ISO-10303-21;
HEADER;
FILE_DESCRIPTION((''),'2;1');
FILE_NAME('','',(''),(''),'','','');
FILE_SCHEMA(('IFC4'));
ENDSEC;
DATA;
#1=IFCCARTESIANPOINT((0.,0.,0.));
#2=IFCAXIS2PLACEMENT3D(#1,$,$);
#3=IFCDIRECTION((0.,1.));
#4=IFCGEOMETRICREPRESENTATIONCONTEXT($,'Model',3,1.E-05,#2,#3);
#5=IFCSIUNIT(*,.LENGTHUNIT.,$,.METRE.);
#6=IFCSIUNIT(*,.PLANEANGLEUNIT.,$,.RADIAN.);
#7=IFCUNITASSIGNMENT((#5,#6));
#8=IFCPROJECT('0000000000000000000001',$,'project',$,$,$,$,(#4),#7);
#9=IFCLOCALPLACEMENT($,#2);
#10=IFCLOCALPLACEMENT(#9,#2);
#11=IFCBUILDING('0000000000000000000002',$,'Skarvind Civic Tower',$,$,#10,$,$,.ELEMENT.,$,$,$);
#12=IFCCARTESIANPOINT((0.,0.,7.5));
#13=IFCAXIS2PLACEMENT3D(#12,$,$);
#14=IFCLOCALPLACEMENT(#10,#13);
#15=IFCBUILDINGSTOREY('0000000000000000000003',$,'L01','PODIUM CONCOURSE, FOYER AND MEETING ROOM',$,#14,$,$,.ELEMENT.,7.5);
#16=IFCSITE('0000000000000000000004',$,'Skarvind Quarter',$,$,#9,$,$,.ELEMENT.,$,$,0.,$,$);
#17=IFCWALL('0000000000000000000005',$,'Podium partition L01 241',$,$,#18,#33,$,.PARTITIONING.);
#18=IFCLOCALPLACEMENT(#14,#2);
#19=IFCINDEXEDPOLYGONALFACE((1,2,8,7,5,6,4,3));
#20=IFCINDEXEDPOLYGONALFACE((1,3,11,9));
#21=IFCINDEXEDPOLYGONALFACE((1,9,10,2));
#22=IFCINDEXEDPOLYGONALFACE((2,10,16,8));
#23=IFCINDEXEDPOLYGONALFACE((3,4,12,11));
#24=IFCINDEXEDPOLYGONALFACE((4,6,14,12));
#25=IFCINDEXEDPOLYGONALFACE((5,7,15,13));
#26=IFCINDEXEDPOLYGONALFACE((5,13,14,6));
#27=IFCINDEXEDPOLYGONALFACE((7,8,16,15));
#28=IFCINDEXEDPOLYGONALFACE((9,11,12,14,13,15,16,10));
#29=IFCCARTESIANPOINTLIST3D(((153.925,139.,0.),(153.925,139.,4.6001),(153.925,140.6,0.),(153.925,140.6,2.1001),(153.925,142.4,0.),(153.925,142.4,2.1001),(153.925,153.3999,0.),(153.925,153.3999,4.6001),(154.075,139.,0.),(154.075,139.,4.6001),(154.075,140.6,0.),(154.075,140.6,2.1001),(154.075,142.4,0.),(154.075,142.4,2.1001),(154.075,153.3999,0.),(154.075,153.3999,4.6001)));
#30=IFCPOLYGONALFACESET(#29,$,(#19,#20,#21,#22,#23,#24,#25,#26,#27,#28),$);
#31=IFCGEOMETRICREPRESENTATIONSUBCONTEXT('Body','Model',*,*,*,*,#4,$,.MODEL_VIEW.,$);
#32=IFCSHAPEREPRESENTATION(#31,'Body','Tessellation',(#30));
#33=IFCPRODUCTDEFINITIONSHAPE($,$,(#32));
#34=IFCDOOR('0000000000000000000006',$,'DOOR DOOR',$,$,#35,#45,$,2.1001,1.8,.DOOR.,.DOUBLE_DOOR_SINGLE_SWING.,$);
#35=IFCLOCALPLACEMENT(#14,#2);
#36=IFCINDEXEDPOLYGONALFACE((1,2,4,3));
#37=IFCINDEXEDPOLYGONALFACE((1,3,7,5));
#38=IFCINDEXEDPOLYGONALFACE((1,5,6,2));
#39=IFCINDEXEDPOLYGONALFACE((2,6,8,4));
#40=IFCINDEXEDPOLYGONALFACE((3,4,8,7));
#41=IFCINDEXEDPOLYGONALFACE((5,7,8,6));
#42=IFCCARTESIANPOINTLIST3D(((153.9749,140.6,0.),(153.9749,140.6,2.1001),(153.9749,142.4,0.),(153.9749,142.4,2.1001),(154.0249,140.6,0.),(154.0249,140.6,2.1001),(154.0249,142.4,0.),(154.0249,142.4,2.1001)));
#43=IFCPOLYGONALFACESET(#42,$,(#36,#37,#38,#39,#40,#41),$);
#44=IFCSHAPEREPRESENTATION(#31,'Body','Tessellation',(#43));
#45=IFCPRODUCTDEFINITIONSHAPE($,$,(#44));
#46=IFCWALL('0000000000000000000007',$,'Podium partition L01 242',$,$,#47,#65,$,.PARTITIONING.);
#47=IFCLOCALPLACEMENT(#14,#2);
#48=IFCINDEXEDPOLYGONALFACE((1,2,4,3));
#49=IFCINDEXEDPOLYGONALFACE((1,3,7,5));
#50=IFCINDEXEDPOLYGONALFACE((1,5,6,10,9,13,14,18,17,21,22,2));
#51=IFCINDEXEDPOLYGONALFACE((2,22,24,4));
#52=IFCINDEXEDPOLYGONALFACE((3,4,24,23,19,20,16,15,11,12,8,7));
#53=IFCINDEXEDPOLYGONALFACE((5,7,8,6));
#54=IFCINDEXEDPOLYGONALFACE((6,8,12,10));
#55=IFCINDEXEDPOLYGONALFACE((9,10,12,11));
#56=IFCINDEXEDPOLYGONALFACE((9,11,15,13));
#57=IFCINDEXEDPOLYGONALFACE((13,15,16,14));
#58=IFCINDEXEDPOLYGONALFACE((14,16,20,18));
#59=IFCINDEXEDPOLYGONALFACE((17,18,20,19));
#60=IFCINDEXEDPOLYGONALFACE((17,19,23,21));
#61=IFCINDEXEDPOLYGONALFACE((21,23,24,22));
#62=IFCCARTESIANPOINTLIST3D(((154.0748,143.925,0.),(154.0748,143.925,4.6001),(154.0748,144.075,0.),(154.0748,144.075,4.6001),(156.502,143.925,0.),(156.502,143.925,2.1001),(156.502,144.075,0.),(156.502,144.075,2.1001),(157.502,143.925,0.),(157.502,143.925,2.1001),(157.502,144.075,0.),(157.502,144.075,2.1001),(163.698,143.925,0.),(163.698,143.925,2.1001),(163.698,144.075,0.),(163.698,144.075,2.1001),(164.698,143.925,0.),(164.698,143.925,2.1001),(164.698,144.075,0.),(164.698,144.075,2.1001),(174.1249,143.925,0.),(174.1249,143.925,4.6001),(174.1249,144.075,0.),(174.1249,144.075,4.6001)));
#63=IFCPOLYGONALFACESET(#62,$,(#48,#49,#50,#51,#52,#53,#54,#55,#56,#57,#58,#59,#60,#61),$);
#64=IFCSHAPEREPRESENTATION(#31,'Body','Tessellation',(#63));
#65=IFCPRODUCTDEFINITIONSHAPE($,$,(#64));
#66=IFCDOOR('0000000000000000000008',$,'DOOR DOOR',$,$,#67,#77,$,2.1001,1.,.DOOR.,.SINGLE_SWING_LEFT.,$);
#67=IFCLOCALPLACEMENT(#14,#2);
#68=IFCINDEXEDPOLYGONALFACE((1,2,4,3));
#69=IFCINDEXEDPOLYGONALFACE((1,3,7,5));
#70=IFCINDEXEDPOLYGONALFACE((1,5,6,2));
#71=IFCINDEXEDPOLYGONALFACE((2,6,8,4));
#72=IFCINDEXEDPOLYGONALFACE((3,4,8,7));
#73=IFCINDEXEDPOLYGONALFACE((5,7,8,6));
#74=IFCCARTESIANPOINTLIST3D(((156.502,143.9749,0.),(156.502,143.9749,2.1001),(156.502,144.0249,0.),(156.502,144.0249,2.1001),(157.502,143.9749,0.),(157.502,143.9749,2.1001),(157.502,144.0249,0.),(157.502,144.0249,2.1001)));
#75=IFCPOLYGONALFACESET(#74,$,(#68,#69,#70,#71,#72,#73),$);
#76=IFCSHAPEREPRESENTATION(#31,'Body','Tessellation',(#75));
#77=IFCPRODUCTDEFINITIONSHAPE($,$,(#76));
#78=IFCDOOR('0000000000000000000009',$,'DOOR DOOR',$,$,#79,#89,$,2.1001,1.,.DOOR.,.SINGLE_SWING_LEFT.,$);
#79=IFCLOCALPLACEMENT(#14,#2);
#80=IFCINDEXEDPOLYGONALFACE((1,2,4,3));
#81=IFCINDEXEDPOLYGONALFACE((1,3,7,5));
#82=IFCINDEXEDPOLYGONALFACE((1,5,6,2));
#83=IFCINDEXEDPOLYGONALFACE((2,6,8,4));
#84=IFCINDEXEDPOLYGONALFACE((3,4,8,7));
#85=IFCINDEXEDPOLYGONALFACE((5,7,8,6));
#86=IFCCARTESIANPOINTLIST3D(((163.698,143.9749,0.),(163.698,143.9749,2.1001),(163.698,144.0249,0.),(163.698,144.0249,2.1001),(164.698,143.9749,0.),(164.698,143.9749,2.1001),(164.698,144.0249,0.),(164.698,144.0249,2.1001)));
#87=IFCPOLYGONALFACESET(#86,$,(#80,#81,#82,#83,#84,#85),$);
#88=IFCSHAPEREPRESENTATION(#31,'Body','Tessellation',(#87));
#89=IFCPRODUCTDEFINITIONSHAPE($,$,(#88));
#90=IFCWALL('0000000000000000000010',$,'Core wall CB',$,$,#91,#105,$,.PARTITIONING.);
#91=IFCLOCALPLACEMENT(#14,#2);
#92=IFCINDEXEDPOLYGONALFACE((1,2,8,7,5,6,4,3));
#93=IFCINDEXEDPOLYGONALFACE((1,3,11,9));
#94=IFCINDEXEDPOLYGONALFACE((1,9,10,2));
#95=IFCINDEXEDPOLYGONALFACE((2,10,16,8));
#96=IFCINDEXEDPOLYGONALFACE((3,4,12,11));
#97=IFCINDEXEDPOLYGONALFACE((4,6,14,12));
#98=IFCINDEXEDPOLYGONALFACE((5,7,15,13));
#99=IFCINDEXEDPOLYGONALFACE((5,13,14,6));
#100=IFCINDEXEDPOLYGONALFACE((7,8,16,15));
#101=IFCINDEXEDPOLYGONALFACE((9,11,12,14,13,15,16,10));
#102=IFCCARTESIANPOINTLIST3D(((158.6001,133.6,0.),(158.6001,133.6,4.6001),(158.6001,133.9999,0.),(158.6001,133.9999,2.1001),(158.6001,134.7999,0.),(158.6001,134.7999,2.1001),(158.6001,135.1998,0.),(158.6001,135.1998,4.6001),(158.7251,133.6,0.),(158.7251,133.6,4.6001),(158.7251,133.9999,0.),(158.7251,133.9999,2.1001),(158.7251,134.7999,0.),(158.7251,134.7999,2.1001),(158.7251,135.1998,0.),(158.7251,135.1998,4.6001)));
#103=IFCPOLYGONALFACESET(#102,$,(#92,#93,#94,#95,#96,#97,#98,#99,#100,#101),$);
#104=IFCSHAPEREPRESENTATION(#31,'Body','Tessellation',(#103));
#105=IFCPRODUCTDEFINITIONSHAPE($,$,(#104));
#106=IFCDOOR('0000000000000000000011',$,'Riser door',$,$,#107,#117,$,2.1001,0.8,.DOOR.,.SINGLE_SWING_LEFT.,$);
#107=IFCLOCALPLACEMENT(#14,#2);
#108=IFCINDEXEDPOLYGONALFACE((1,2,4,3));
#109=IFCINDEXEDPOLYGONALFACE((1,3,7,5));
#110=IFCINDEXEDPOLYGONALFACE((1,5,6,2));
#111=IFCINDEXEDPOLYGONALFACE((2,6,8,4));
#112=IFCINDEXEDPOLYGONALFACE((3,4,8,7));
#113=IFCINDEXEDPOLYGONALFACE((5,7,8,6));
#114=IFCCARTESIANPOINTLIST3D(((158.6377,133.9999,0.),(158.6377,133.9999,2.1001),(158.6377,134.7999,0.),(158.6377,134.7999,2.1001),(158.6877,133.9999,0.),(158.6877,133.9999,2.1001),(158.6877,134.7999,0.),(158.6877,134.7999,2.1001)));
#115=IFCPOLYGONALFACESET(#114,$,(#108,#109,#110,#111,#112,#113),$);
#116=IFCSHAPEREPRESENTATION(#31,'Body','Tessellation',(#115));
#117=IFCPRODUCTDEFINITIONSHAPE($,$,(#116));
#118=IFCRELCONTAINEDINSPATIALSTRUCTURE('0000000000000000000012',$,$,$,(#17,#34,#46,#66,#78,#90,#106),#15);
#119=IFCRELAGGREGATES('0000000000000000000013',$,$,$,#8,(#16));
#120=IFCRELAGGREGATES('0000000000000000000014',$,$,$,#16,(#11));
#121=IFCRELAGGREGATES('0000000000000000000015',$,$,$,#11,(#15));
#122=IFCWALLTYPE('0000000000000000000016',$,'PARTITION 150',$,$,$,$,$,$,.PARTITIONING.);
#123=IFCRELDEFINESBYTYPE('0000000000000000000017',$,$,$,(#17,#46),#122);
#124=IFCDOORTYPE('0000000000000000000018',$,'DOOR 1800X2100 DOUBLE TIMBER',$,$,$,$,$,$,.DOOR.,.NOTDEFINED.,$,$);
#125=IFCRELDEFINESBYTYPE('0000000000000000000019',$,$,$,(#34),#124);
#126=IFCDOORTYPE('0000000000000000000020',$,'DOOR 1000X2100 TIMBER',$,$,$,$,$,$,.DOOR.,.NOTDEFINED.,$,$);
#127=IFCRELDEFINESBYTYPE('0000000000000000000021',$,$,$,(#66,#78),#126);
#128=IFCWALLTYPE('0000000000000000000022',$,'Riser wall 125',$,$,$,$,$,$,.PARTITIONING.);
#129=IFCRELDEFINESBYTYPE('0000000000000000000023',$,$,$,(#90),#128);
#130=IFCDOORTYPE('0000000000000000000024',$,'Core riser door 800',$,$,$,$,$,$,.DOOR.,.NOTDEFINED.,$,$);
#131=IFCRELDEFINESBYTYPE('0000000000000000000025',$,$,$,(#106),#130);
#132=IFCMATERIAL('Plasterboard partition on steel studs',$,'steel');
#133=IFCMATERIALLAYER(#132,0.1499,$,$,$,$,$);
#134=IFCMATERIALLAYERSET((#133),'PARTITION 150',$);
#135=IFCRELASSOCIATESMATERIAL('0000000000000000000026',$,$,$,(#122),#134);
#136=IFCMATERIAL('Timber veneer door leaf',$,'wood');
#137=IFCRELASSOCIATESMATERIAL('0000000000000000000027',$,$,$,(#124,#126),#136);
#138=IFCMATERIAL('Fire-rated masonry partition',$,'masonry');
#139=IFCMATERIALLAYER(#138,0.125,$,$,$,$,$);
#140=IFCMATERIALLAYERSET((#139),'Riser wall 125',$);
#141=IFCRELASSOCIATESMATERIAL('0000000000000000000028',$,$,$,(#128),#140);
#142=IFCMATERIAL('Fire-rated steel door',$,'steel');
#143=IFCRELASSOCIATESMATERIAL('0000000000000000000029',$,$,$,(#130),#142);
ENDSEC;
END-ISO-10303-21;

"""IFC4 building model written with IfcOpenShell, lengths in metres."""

from ifc_helpers import new_model, si_unit, direction, frame, frame_2d, origin, place, context, subcontext, project, spatial, rectangle, extrude, material, layer, layer_set, type_object, element, fill, save


model = new_model("IFC4")

# Units and contexts
model_context = context("Model", 3, precision=1e-05, world=origin(), true_north=direction((0.0, 1.0)))
body_context = subcontext(model_context, "Body", "Model", "MODEL_VIEW")
ifc_project = project(units=[si_unit("LENGTHUNIT", "METRE"), si_unit("PLANEANGLEUNIT", "RADIAN")], contexts=[model_context])

# Site, building, storey
site_placement = place(None, origin())
site = spatial("IfcSite", under=ifc_project, at=site_placement, Name="Skarvind Quarter", CompositionType="ELEMENT", RefElevation=0.0)
building_placement = place(site_placement, origin())
building = spatial("IfcBuilding", under=site, at=building_placement, Name="Skarvind Civic Tower", CompositionType="ELEMENT")
storey_placement = place(building_placement, frame((0.0, 0.0, 7.5)))
storey = spatial("IfcBuildingStorey", under=building, at=storey_placement, Name="L01", Description="PODIUM CONCOURSE, FOYER AND MEETING ROOM", CompositionType="ELEMENT", Elevation=7.5)

# Shared definitions
ifc_material_1 = material(Name="Fire-rated masonry partition", Category="masonry")
ifc_material_2 = material(Name="Fire-rated steel door", Category="steel")

# Wall, opening, door
ifc_material_3 = material(Name="Plasterboard partition on steel studs", Category="steel")
ifc_layer_1 = layer(ifc_material_3, 0.1499)
ifc_layer_set_1 = layer_set([ifc_layer_1], Name="PARTITION 150")
wall_type_1 = type_object("IfcWallType", Name="PARTITION 150", PredefinedType="PARTITIONING", material=ifc_layer_set_1)
wall_1_placement = place(storey_placement, frame((154.0, 153.3999, 0.0), z_axis=(0.0, 0.0, 1.0), x_axis=(0.0, -1.0, 0.0)))
wall_1 = element("IfcWall", 1, at=wall_1_placement, inside=storey, type_object=wall_type_1, Name="Podium partition L01 241", PredefinedType="PARTITIONING", context=body_context, shape_type="SweptSolid", body=[
    extrude(rectangle(XDim=14.3999, YDim=0.1499, at=frame_2d((7.2, 0.0))), origin(), (0.0, 0.0, 1.0), 4.6001),
])
opening_1_placement = place(wall_1_placement, frame((11.0, 0.0, 0.0)))
opening_1 = element("IfcOpeningElement", 2, at=opening_1_placement, cuts=wall_1, PredefinedType="OPENING", context=body_context, shape_type="SweptSolid", body=[
    extrude(rectangle(XDim=1.8, YDim=2.1001, at=frame_2d((0.8999, 1.05))), frame((0.0, 0.085, 0.0), z_axis=(0.0, -1.0, 0.0), x_axis=(1.0, 0.0, 0.0)), (0.0, 0.0, 1.0), 0.1699),
])
ifc_material_4 = material(Name="Timber veneer door leaf", Category="wood")
door_type_1 = type_object("IfcDoorType", Name="DOOR 1800X2100 DOUBLE TIMBER", OperationType="NOTDEFINED", PredefinedType="DOOR", material=ifc_material_4)
door_1_placement = place(opening_1_placement, origin())
door_1 = element("IfcDoor", 3, at=door_1_placement, inside=storey, type_object=door_type_1, Name="DOOR DOOR", OperationType="DOUBLE_DOOR_SINGLE_SWING", OverallHeight=2.1001, OverallWidth=1.8, PredefinedType="DOOR", context=body_context, shape_type="SweptSolid", body=[
    extrude(rectangle(XDim=1.8, YDim=2.1001, at=frame_2d((0.8999, 1.05))), frame((0.0, 0.0249, 0.0), z_axis=(0.0, -1.0, 0.0), x_axis=(1.0, 0.0, 0.0)), (0.0, 0.0, 1.0), 0.05),
])
fill(opening_1, door_1)

# Wall, openings, doors
wall_2_placement = place(storey_placement, frame((154.075, 144.0, 0.0), z_axis=(0.0, 0.0, 1.0), x_axis=(1.0, 0.0, 0.0)))
wall_2 = element("IfcWall", 4, at=wall_2_placement, inside=storey, type_object=wall_type_1, Name="Podium partition L01 242", PredefinedType="PARTITIONING", context=body_context, shape_type="SweptSolid", body=[
    extrude(rectangle(XDim=20.05, YDim=0.1499, at=frame_2d((10.0249, 0.0))), origin(), (0.0, 0.0, 1.0), 4.6001),
])
opening_2_placement = place(wall_2_placement, frame((2.427, 0.0, 0.0)))
opening_2 = element("IfcOpeningElement", 5, at=opening_2_placement, cuts=wall_2, PredefinedType="OPENING", context=body_context, shape_type="SweptSolid", body=[
    extrude(rectangle(XDim=1.0, YDim=2.1001, at=frame_2d((0.5, 1.05))), frame((0.0, 0.085, 0.0), z_axis=(0.0, -1.0, 0.0), x_axis=(1.0, 0.0, 0.0)), (0.0, 0.0, 1.0), 0.1699),
])
opening_3_placement = place(wall_2_placement, frame((9.623, 0.0, 0.0)))
opening_3 = element("IfcOpeningElement", 6, at=opening_3_placement, cuts=wall_2, PredefinedType="OPENING", context=body_context, shape_type="SweptSolid", body=[
    extrude(rectangle(XDim=1.0, YDim=2.1001, at=frame_2d((0.5, 1.05))), frame((0.0, 0.085, 0.0), z_axis=(0.0, -1.0, 0.0), x_axis=(1.0, 0.0, 0.0)), (0.0, 0.0, 1.0), 0.1699),
])
door_type_2 = type_object("IfcDoorType", Name="DOOR 1000X2100 TIMBER", OperationType="NOTDEFINED", PredefinedType="DOOR", material=ifc_material_4)
door_2_placement = place(opening_2_placement, origin())
door_2 = element("IfcDoor", 7, at=door_2_placement, inside=storey, type_object=door_type_2, Name="DOOR DOOR", OperationType="SINGLE_SWING_LEFT", OverallHeight=2.1001, OverallWidth=1.0, PredefinedType="DOOR", context=body_context, shape_type="SweptSolid", body=[
    extrude(rectangle(XDim=1.0, YDim=2.1001, at=frame_2d((0.5, 1.05))), frame((0.0, 0.0249, 0.0), z_axis=(0.0, -1.0, 0.0), x_axis=(1.0, 0.0, 0.0)), (0.0, 0.0, 1.0), 0.05),
])
fill(opening_2, door_2)
door_3_placement = place(opening_3_placement, origin())
door_3 = element("IfcDoor", 8, at=door_3_placement, inside=storey, type_object=door_type_2, Name="DOOR DOOR", OperationType="SINGLE_SWING_LEFT", OverallHeight=2.1001, OverallWidth=1.0, PredefinedType="DOOR", context=body_context, shape_type="SweptSolid", body=[
    extrude(rectangle(XDim=1.0, YDim=2.1001, at=frame_2d((0.5, 1.05))), frame((0.0, 0.0249, 0.0), z_axis=(0.0, -1.0, 0.0), x_axis=(1.0, 0.0, 0.0)), (0.0, 0.0, 1.0), 0.05),
])
fill(opening_3, door_3)

# Wall, opening, door
ifc_layer_2 = layer(ifc_material_1, 0.125)
ifc_layer_set_2 = layer_set([ifc_layer_2], Name="Riser wall 125")
wall_type_2 = type_object("IfcWallType", Name="Riser wall 125", PredefinedType="PARTITIONING", material=ifc_layer_set_2)
wall_3_placement = place(storey_placement, frame((158.6626, 133.6001, 0.0), z_axis=(0.0, 0.0, 1.0), x_axis=(0.0, 1.0, 0.0)))
wall_3 = element("IfcWall", 9, at=wall_3_placement, inside=storey, type_object=wall_type_2, Name="Core wall CB", PredefinedType="PARTITIONING", context=body_context, shape_type="SweptSolid", body=[
    extrude(rectangle(XDim=1.5999, YDim=0.125, at=frame_2d((0.7998, 0.0))), origin(), (0.0, 0.0, 1.0), 4.6001),
])
opening_4_placement = place(wall_3_placement, frame((0.3999, 0.0, 0.0)))
opening_4 = element("IfcOpeningElement", 10, at=opening_4_placement, cuts=wall_3, PredefinedType="OPENING", context=body_context, shape_type="SweptSolid", body=[
    extrude(rectangle(XDim=0.8, YDim=2.1001, at=frame_2d((0.3999, 1.05))), frame((0.0, 0.0725, 0.0), z_axis=(0.0, -1.0, 0.0), x_axis=(1.0, 0.0, 0.0)), (0.0, 0.0, 1.0), 0.145),
])
door_type_3 = type_object("IfcDoorType", Name="Core riser door 800", OperationType="NOTDEFINED", PredefinedType="DOOR", material=ifc_material_2)
door_4_placement = place(opening_4_placement, origin())
door_4 = element("IfcDoor", 11, at=door_4_placement, inside=storey, type_object=door_type_3, Name="Riser door", OperationType="SINGLE_SWING_LEFT", OverallHeight=2.1001, OverallWidth=0.8, PredefinedType="DOOR", context=body_context, shape_type="SweptSolid", body=[
    extrude(rectangle(XDim=0.8, YDim=2.1001, at=frame_2d((0.3999, 1.05))), frame((0.0, 0.0249, 0.0), z_axis=(0.0, -1.0, 0.0), x_axis=(1.0, 0.0, 0.0)), (0.0, 0.0, 1.0), 0.05),
])
fill(opening_4, door_4)

save(model, "model.ifc")
